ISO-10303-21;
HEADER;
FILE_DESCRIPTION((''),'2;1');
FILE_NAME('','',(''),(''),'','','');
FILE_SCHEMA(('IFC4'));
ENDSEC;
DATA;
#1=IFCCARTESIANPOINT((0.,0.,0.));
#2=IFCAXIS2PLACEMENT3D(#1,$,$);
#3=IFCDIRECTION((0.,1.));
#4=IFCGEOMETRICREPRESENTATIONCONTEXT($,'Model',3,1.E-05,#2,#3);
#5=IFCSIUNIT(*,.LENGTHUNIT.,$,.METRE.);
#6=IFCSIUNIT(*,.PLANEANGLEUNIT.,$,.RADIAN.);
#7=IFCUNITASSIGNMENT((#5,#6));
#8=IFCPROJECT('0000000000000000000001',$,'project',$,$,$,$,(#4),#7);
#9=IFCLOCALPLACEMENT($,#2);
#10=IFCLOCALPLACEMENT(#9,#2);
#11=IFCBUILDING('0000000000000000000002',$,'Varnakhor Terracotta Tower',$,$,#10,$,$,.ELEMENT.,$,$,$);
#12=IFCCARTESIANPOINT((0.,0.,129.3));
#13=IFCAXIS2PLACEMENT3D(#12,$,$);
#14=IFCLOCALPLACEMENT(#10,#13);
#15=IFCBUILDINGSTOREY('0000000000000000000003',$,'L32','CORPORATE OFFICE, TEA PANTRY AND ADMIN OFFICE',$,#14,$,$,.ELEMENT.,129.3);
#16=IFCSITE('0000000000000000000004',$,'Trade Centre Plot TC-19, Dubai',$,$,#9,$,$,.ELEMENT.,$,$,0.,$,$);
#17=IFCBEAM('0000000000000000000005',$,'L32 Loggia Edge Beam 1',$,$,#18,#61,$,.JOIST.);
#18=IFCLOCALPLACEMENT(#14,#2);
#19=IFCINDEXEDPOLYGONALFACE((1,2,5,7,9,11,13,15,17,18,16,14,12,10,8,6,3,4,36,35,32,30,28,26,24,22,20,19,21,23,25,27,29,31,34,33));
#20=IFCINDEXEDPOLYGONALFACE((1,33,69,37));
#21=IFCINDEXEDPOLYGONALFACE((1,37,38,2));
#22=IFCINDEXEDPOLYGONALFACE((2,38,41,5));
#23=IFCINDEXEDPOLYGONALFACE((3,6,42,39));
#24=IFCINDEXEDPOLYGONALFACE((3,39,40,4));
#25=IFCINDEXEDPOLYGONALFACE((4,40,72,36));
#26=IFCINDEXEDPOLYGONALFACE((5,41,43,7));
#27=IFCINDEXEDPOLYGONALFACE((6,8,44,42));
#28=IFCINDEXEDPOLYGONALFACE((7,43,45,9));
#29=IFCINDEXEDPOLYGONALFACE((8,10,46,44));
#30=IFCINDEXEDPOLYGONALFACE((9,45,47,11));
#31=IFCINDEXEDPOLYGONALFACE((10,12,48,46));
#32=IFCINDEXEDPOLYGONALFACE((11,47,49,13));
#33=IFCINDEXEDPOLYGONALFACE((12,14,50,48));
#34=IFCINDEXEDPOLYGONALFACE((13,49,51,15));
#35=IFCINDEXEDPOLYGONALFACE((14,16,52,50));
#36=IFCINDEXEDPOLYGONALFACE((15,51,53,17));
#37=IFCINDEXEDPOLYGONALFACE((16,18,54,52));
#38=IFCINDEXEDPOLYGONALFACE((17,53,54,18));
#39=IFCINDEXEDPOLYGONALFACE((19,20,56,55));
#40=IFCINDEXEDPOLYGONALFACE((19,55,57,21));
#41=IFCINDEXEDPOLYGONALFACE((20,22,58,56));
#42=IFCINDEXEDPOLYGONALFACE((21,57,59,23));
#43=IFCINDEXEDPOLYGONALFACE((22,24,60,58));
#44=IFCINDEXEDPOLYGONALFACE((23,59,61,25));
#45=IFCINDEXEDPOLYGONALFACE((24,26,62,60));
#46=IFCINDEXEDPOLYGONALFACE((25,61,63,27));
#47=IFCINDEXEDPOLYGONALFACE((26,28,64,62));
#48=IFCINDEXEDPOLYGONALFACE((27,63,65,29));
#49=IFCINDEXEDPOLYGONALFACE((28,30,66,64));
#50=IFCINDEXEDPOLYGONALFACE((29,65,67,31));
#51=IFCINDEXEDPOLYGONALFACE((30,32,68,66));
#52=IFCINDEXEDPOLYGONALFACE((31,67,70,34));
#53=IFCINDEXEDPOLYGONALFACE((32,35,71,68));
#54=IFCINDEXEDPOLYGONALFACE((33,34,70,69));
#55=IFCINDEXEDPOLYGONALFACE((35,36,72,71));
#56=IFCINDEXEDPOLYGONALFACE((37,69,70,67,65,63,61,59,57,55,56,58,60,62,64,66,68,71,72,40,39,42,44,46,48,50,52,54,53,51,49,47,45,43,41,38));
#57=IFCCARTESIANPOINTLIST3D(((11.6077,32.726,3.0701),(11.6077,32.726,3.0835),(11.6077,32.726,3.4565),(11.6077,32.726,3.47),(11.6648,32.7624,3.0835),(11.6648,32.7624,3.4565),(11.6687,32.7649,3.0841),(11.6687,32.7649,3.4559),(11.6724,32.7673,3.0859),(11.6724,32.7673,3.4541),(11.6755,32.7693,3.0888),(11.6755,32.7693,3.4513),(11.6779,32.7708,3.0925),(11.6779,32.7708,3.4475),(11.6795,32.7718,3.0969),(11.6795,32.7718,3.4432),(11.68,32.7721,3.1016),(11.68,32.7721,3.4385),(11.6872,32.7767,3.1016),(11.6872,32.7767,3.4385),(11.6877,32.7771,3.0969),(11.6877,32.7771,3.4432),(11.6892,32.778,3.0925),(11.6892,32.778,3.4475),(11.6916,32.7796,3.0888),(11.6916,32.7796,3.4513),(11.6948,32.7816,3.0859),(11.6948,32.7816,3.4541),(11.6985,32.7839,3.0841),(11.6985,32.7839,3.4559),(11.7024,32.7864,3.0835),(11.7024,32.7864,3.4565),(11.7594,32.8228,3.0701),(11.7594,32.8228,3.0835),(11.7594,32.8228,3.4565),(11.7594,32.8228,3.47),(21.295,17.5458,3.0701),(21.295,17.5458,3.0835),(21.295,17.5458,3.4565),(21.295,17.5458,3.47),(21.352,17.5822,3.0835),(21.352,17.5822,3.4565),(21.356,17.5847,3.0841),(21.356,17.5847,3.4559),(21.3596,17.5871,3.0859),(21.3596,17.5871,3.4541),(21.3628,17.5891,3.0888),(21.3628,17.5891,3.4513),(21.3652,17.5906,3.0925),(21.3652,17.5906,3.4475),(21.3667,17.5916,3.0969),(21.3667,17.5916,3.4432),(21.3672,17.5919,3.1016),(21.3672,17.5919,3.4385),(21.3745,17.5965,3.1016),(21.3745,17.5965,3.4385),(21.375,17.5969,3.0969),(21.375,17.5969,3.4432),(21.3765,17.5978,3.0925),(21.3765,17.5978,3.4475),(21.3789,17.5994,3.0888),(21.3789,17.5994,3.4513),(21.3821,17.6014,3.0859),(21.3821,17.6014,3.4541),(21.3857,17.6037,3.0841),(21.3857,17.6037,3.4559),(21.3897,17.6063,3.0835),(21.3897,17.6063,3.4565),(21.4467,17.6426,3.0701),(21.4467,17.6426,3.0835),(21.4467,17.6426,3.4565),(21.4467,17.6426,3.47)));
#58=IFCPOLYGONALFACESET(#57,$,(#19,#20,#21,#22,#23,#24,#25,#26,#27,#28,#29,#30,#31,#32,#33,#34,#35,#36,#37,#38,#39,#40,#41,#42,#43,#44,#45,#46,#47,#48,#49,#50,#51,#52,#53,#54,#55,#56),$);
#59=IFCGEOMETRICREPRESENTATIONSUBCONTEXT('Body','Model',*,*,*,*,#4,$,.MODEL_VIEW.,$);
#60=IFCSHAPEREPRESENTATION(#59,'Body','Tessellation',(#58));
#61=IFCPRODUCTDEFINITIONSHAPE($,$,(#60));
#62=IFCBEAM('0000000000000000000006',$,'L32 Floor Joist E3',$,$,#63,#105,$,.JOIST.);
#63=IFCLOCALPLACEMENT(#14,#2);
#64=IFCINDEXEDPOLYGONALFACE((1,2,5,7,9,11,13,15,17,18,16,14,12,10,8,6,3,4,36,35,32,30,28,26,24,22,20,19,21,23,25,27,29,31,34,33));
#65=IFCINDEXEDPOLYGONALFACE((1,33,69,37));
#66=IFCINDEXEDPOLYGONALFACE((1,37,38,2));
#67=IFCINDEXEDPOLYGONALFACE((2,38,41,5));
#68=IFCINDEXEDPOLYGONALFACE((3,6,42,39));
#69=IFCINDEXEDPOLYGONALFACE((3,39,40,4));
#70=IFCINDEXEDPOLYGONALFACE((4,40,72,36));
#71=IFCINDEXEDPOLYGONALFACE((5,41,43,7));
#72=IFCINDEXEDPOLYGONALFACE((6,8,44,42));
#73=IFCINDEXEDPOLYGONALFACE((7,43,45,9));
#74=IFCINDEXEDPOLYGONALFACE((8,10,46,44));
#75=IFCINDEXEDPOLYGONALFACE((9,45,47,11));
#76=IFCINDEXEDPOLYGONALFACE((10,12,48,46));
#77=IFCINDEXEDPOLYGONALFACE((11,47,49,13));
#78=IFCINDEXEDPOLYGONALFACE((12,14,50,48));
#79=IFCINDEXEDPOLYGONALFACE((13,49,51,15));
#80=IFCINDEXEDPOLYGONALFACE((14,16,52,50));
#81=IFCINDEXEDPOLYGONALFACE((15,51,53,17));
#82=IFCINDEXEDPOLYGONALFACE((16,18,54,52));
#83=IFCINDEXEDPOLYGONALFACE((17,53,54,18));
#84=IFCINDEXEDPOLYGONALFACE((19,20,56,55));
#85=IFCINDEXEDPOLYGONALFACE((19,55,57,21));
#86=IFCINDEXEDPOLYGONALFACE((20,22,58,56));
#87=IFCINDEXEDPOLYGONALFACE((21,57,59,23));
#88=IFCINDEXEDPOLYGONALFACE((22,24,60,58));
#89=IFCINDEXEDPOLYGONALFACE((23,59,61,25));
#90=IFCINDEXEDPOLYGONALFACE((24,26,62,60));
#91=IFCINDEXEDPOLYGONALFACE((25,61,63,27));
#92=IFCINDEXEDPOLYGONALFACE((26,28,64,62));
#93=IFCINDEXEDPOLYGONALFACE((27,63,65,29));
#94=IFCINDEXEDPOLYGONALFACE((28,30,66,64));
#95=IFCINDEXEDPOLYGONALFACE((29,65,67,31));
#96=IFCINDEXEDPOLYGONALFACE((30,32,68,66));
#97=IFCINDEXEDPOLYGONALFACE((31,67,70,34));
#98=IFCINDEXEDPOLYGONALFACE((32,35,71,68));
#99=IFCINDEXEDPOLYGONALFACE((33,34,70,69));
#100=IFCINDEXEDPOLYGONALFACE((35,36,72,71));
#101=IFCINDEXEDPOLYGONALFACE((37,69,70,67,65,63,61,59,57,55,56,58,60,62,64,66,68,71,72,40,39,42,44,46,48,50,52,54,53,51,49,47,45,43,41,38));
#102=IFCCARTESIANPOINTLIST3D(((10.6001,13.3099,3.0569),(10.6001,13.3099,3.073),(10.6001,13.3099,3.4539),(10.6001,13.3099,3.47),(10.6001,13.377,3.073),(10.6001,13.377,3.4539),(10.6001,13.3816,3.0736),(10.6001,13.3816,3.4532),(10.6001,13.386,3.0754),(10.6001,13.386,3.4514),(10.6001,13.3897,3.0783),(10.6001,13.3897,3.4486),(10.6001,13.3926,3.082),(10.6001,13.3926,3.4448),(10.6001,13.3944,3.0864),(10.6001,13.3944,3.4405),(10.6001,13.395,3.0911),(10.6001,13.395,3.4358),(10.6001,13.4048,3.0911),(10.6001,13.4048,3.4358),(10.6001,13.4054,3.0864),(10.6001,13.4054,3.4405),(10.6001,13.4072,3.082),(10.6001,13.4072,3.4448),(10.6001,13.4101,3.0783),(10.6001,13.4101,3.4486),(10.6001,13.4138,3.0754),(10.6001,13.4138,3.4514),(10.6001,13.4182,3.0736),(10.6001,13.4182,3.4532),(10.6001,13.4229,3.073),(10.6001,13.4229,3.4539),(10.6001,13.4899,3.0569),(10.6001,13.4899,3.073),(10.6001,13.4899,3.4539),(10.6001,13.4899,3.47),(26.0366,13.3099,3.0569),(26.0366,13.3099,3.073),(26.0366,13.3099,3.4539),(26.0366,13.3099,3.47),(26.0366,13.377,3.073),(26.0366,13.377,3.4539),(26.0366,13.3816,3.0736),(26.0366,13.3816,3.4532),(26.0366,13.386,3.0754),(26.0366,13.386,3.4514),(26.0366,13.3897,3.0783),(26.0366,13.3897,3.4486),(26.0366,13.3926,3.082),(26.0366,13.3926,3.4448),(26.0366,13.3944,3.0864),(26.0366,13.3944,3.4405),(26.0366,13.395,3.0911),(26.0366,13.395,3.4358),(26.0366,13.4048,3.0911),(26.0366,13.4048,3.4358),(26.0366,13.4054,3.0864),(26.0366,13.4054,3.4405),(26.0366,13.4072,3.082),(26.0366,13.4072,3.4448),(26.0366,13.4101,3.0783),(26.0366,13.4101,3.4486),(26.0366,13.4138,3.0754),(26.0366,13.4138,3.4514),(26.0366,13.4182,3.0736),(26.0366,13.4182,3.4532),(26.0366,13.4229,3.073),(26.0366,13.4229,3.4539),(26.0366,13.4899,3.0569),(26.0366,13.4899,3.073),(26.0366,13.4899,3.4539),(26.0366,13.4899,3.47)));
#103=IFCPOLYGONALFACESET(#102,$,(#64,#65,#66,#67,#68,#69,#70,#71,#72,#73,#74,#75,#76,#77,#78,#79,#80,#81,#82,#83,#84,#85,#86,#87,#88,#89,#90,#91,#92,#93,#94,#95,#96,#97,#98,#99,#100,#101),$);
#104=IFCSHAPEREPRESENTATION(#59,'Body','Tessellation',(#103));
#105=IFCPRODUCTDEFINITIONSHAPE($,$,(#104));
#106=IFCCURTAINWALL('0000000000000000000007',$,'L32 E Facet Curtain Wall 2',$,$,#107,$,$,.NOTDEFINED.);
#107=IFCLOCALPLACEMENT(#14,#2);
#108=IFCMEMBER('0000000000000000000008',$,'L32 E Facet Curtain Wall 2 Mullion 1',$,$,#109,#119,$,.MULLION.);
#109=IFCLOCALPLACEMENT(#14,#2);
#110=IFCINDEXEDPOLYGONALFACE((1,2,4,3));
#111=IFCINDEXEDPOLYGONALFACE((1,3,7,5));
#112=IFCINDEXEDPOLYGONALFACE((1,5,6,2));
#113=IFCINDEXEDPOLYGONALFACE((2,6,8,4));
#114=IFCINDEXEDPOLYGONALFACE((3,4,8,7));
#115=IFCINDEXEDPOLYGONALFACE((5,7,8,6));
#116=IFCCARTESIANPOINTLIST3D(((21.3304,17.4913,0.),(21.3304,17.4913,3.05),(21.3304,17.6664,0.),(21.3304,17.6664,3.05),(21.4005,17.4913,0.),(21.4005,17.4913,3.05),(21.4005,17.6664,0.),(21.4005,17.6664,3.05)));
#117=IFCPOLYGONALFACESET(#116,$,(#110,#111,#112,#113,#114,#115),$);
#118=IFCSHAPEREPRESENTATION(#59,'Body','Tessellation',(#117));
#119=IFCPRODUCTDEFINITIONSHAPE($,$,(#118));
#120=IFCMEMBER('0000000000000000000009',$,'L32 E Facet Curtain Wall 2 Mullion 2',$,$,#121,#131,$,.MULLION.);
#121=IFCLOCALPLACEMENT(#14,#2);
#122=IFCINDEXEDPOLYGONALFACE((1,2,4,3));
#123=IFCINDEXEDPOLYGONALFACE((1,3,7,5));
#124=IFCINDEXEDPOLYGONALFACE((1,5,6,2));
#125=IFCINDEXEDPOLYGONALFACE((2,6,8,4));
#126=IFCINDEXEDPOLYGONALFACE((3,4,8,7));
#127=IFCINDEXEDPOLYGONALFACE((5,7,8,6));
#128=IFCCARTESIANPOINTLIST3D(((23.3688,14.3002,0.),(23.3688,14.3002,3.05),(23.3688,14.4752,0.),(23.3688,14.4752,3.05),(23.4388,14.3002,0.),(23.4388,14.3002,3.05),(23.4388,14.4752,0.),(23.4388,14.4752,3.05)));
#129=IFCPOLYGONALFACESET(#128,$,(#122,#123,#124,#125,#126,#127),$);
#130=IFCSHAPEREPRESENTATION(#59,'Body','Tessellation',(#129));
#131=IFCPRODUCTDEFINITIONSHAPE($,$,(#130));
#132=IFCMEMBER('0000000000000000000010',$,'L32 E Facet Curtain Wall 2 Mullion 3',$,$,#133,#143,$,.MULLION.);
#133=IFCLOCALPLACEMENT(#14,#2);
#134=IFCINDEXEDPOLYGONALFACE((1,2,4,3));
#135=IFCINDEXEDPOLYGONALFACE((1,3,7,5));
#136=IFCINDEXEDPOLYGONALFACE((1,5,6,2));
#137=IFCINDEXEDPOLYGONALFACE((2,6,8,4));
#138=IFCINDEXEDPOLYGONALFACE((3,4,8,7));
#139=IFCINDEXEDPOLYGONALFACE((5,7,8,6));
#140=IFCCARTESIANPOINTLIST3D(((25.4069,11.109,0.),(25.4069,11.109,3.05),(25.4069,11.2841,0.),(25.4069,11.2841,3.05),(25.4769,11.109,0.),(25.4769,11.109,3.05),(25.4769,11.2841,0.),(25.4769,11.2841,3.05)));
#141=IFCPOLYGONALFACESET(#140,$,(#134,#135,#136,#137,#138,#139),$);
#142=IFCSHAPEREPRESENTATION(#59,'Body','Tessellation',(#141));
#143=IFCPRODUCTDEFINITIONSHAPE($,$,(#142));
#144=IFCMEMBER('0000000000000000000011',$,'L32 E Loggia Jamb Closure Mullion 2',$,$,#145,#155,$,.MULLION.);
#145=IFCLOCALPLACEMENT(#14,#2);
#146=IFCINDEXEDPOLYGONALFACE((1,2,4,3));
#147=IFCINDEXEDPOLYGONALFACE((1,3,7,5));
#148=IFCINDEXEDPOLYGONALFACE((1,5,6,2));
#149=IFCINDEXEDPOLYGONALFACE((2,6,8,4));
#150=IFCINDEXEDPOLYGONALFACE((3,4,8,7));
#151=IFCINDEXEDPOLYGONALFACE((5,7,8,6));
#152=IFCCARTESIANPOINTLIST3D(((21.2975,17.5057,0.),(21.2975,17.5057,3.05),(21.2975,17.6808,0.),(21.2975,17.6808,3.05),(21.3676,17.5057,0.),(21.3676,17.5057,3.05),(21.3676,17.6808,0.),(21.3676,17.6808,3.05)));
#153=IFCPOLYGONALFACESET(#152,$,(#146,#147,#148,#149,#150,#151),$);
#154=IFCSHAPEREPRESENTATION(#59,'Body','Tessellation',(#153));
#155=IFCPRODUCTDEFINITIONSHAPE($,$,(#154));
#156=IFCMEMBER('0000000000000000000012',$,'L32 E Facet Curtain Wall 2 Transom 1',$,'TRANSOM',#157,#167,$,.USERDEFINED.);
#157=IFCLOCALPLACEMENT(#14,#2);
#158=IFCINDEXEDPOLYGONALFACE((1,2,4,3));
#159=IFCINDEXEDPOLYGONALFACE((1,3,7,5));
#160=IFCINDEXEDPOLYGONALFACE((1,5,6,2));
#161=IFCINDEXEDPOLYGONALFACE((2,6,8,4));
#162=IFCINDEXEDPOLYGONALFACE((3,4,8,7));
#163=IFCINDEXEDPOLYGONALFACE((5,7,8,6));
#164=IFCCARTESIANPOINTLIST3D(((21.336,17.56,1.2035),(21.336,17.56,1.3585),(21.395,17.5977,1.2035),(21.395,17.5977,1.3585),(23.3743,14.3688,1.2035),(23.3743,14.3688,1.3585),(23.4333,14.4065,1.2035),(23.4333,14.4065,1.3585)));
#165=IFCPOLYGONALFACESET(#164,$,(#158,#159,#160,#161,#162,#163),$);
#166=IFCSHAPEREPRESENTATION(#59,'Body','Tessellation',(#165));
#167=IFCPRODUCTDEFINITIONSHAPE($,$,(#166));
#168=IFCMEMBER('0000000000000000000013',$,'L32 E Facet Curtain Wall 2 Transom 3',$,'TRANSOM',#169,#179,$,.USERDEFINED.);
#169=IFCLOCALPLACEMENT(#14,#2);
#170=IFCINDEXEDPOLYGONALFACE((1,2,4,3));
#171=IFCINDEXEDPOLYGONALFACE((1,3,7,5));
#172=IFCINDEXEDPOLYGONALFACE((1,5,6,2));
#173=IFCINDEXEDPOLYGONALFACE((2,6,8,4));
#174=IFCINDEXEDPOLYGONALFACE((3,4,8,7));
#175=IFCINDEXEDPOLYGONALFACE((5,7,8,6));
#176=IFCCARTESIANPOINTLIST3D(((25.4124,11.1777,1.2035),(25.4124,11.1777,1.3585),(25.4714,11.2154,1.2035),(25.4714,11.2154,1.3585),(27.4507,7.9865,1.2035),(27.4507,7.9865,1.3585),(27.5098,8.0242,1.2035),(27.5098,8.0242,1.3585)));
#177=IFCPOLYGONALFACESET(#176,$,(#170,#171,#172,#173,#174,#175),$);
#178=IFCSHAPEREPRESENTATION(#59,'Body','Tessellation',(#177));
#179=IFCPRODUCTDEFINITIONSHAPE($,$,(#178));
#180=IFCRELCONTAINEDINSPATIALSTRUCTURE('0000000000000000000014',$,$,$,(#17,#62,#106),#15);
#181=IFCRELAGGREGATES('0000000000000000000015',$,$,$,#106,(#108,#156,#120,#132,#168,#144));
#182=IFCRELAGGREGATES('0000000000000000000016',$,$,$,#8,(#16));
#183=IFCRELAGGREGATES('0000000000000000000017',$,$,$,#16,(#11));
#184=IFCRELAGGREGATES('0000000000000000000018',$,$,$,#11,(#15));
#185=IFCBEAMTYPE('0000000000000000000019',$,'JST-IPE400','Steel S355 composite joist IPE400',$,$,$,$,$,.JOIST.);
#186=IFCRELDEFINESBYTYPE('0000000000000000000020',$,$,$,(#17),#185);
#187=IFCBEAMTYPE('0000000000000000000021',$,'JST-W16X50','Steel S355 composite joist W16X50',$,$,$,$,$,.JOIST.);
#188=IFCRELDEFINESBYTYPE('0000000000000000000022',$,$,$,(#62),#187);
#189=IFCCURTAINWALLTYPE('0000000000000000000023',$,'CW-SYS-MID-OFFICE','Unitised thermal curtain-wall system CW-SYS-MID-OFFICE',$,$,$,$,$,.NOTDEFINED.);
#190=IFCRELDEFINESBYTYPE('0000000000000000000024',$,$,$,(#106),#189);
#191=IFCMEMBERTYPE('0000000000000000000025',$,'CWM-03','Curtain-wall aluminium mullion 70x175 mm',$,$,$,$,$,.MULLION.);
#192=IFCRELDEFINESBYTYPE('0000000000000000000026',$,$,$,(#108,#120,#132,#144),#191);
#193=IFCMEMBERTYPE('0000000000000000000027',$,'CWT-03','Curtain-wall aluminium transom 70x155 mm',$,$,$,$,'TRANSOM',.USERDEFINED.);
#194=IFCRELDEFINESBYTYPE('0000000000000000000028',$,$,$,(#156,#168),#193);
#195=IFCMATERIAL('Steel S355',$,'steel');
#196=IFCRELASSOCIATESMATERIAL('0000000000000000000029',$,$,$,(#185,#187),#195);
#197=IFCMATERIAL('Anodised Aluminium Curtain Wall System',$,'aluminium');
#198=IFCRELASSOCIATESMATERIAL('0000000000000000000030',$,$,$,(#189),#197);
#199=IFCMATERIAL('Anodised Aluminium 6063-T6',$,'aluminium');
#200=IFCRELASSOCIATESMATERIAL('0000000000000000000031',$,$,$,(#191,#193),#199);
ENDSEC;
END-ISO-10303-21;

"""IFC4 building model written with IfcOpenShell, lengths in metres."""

from ifc_helpers import new_model, si_unit, direction, frame, origin, origin_2d, place, context, subcontext, project, spatial, rectangle, i_section, extrude, source, transform, mapped, material, material_profile, profile_set, type_object, element, aggregate, save


model = new_model("IFC4")

# Units and contexts
model_context = context("Model", 3, precision=1e-05, world=origin(), true_north=direction((0.0, 1.0)))
body_context = subcontext(model_context, "Body", "Model", "MODEL_VIEW")
ifc_project = project(units=[si_unit("LENGTHUNIT", "METRE"), si_unit("PLANEANGLEUNIT", "RADIAN")], contexts=[model_context])

# Site, building, storey
site_placement = place(None, origin())
site = spatial("IfcSite", under=ifc_project, at=site_placement, Name="Trade Centre Plot TC-19, Dubai", CompositionType="ELEMENT", RefElevation=0.0)
building_placement = place(site_placement, origin())
building = spatial("IfcBuilding", under=site, at=building_placement, Name="Varnakhor Terracotta Tower", CompositionType="ELEMENT")
storey_placement = place(building_placement, frame((0.0, 0.0, 129.3)))
storey = spatial("IfcBuildingStorey", under=building, at=storey_placement, Name="L32", Description="CORPORATE OFFICE, TEA PANTRY AND ADMIN OFFICE", CompositionType="ELEMENT", Elevation=129.3)

# Beams
ifc_material_1 = material(Name="Steel S355", Category="steel")
ifc_material_profile_1 = material_profile(ifc_material_1, i_section(OverallWidth=0.1799, OverallDepth=0.3999, WebThickness=0.0085, FlangeThickness=0.0134, FilletRadius=0.0181, at=origin_2d()), Name="IPE400")
ifc_profile_set_1 = profile_set([ifc_material_profile_1], Name="Steel S355")
beam_type_1 = type_object("IfcBeamType", Name="JST-IPE400", Description="Steel S355 composite joist IPE400", PredefinedType="JOIST", material=ifc_profile_set_1)
shared_shape_1 = source(origin(), body_context, "Body", "SweptSolid", [
    extrude(i_section(OverallWidth=0.1799, OverallDepth=0.3999, WebThickness=0.0085, FlangeThickness=0.0134, FilletRadius=0.0181, at=origin_2d()), origin(), (0.0, 0.0, 1.0), 18.0078),
])
beam_1_placement = place(storey_placement, frame((21.3708, 17.5942, 3.27), z_axis=(-0.537948, 0.842978, 0.0), x_axis=(-0.842978, -0.537948, 0.0)))
element("IfcBeam", 1, at=beam_1_placement, inside=storey, type_object=beam_type_1, Name="L32 Loggia Edge Beam 1", PredefinedType="JOIST", context=body_context, shape_type="MappedRepresentation", body=[
    mapped(shared_shape_1, transform((0.0, 0.0, 0.0), scale=1.0)),
])
ifc_material_profile_2 = material_profile(ifc_material_1, i_section(OverallWidth=0.1799, OverallDepth=0.4131, WebThickness=0.0098, FlangeThickness=0.0161, FilletRadius=0.0181, at=origin_2d()), Name="W16X50")
ifc_profile_set_2 = profile_set([ifc_material_profile_2], Name="Steel S355")
beam_type_2 = type_object("IfcBeamType", Name="JST-W16X50", Description="Steel S355 composite joist W16X50", PredefinedType="JOIST", material=ifc_profile_set_2)
shared_shape_2 = source(origin(), body_context, "Body", "SweptSolid", [
    extrude(i_section(OverallWidth=0.1799, OverallDepth=0.4131, WebThickness=0.0098, FlangeThickness=0.0161, FilletRadius=0.0181, at=origin_2d()), origin(), (0.0, 0.0, 1.0), 15.4365),
])
beam_2_placement = place(storey_placement, frame((10.6001, 13.3999, 3.2634), z_axis=(1.0, 0.0, 0.0), x_axis=(0.0, 1.0, 0.0)))
element("IfcBeam", 2, at=beam_2_placement, inside=storey, type_object=beam_type_2, Name="L32 Floor Joist E3", PredefinedType="JOIST", context=body_context, shape_type="MappedRepresentation", body=[
    mapped(shared_shape_2, transform((0.0, 0.0, 0.0), scale=1.0)),
])

# Curtain wall, members
ifc_material_2 = material(Name="Anodised Aluminium Curtain Wall System", Category="aluminium")
curtain_wall_type = type_object("IfcCurtainWallType", Name="CW-SYS-MID-OFFICE", Description="Unitised thermal curtain-wall system CW-SYS-MID-OFFICE", PredefinedType="NOTDEFINED", material=ifc_material_2)
curtain_wall_placement = place(storey_placement, origin())
curtain_wall = element("IfcCurtainWall", 3, at=curtain_wall_placement, inside=storey, type_object=curtain_wall_type, Name="L32 E Facet Curtain Wall 2", PredefinedType="NOTDEFINED")
ifc_material_3 = material(Name="Anodised Aluminium 6063-T6", Category="aluminium")
ifc_material_profile_3 = material_profile(ifc_material_3, rectangle(XDim=0.0701, YDim=0.175, at=origin_2d()), Name="ALU MULLION 70x175")
ifc_profile_set_3 = profile_set([ifc_material_profile_3], Name="Anodised Aluminium 6063-T6")
member_type_1 = type_object("IfcMemberType", Name="CWM-03", Description="Curtain-wall aluminium mullion 70x175 mm", PredefinedType="MULLION", material=ifc_profile_set_3)
shared_shape_3 = source(origin(), body_context, "Body", "SweptSolid", [
    extrude(rectangle(XDim=0.0701, YDim=0.175, at=origin_2d()), origin(), (0.0, 0.0, 1.0), 3.05),
])
member_1_placement = place(storey_placement, frame((21.3655, 17.5789, 0.0), z_axis=(0.0, 0.0, 1.0), x_axis=(1.0, 0.0, 0.0)))
member_1 = element("IfcMember", 4, at=member_1_placement, type_object=member_type_1, Name="L32 E Facet Curtain Wall 2 Mullion 1", PredefinedType="MULLION", context=body_context, shape_type="MappedRepresentation", body=[
    mapped(shared_shape_3, transform((0.0, 0.0, 0.0), scale=1.0)),
])
member_2_placement = place(storey_placement, frame((23.4038, 14.3877, 0.0), z_axis=(0.0, 0.0, 1.0), x_axis=(1.0, 0.0, 0.0)))
member_2 = element("IfcMember", 5, at=member_2_placement, type_object=member_type_1, Name="L32 E Facet Curtain Wall 2 Mullion 2", PredefinedType="MULLION", context=body_context, shape_type="MappedRepresentation", body=[
    mapped(shared_shape_3, transform((0.0, 0.0, 0.0), scale=1.0)),
])
member_3_placement = place(storey_placement, frame((25.4419, 11.1965, 0.0), z_axis=(0.0, 0.0, 1.0), x_axis=(1.0, 0.0, 0.0)))
member_3 = element("IfcMember", 6, at=member_3_placement, type_object=member_type_1, Name="L32 E Facet Curtain Wall 2 Mullion 3", PredefinedType="MULLION", context=body_context, shape_type="MappedRepresentation", body=[
    mapped(shared_shape_3, transform((0.0, 0.0, 0.0), scale=1.0)),
])
member_4_placement = place(storey_placement, frame((21.3325, 17.5933, 0.0), z_axis=(0.0, 0.0, 1.0), x_axis=(1.0, 0.0, 0.0)))
member_4 = element("IfcMember", 7, at=member_4_placement, type_object=member_type_1, Name="L32 E Loggia Jamb Closure Mullion 2", PredefinedType="MULLION", context=body_context, shape_type="MappedRepresentation", body=[
    mapped(shared_shape_3, transform((0.0, 0.0, 0.0), scale=1.0)),
])
ifc_material_profile_4 = material_profile(ifc_material_3, rectangle(XDim=0.0701, YDim=0.155, at=origin_2d()), Name="ALU TRANSOM 70x155")
ifc_profile_set_4 = profile_set([ifc_material_profile_4], Name="Anodised Aluminium 6063-T6")
member_type_2 = type_object("IfcMemberType", Name="CWT-03", Description="Curtain-wall aluminium transom 70x155 mm", ElementType="TRANSOM", PredefinedType="USERDEFINED", material=ifc_profile_set_4)
shared_shape_4 = source(origin(), body_context, "Body", "SweptSolid", [
    extrude(rectangle(XDim=0.0701, YDim=0.155, at=origin_2d()), origin(), (0.0, 0.0, 1.0), 3.7866),
])
member_5_placement = place(storey_placement, frame((21.3655, 17.5789, 1.281), z_axis=(0.538302, -0.842752, 0.0), x_axis=(0.842752, 0.538302, 0.0)))
member_5 = element("IfcMember", 8, at=member_5_placement, type_object=member_type_2, Name="L32 E Facet Curtain Wall 2 Transom 1", ObjectType="TRANSOM", PredefinedType="USERDEFINED", context=body_context, shape_type="MappedRepresentation", body=[
    mapped(shared_shape_4, transform((0.0, 0.0, 0.0), scale=1.0)),
])
member_6_placement = place(storey_placement, frame((25.4419, 11.1965, 1.281), z_axis=(0.538302, -0.842752, 0.0), x_axis=(0.842752, 0.538302, 0.0)))
member_6 = element("IfcMember", 9, at=member_6_placement, type_object=member_type_2, Name="L32 E Facet Curtain Wall 2 Transom 3", ObjectType="TRANSOM", PredefinedType="USERDEFINED", context=body_context, shape_type="MappedRepresentation", body=[
    mapped(shared_shape_4, transform((0.0, 0.0, 0.0), scale=1.0)),
])

aggregate(curtain_wall, [member_1, member_5, member_2, member_3, member_6, member_4])

save(model, "model.ifc")
